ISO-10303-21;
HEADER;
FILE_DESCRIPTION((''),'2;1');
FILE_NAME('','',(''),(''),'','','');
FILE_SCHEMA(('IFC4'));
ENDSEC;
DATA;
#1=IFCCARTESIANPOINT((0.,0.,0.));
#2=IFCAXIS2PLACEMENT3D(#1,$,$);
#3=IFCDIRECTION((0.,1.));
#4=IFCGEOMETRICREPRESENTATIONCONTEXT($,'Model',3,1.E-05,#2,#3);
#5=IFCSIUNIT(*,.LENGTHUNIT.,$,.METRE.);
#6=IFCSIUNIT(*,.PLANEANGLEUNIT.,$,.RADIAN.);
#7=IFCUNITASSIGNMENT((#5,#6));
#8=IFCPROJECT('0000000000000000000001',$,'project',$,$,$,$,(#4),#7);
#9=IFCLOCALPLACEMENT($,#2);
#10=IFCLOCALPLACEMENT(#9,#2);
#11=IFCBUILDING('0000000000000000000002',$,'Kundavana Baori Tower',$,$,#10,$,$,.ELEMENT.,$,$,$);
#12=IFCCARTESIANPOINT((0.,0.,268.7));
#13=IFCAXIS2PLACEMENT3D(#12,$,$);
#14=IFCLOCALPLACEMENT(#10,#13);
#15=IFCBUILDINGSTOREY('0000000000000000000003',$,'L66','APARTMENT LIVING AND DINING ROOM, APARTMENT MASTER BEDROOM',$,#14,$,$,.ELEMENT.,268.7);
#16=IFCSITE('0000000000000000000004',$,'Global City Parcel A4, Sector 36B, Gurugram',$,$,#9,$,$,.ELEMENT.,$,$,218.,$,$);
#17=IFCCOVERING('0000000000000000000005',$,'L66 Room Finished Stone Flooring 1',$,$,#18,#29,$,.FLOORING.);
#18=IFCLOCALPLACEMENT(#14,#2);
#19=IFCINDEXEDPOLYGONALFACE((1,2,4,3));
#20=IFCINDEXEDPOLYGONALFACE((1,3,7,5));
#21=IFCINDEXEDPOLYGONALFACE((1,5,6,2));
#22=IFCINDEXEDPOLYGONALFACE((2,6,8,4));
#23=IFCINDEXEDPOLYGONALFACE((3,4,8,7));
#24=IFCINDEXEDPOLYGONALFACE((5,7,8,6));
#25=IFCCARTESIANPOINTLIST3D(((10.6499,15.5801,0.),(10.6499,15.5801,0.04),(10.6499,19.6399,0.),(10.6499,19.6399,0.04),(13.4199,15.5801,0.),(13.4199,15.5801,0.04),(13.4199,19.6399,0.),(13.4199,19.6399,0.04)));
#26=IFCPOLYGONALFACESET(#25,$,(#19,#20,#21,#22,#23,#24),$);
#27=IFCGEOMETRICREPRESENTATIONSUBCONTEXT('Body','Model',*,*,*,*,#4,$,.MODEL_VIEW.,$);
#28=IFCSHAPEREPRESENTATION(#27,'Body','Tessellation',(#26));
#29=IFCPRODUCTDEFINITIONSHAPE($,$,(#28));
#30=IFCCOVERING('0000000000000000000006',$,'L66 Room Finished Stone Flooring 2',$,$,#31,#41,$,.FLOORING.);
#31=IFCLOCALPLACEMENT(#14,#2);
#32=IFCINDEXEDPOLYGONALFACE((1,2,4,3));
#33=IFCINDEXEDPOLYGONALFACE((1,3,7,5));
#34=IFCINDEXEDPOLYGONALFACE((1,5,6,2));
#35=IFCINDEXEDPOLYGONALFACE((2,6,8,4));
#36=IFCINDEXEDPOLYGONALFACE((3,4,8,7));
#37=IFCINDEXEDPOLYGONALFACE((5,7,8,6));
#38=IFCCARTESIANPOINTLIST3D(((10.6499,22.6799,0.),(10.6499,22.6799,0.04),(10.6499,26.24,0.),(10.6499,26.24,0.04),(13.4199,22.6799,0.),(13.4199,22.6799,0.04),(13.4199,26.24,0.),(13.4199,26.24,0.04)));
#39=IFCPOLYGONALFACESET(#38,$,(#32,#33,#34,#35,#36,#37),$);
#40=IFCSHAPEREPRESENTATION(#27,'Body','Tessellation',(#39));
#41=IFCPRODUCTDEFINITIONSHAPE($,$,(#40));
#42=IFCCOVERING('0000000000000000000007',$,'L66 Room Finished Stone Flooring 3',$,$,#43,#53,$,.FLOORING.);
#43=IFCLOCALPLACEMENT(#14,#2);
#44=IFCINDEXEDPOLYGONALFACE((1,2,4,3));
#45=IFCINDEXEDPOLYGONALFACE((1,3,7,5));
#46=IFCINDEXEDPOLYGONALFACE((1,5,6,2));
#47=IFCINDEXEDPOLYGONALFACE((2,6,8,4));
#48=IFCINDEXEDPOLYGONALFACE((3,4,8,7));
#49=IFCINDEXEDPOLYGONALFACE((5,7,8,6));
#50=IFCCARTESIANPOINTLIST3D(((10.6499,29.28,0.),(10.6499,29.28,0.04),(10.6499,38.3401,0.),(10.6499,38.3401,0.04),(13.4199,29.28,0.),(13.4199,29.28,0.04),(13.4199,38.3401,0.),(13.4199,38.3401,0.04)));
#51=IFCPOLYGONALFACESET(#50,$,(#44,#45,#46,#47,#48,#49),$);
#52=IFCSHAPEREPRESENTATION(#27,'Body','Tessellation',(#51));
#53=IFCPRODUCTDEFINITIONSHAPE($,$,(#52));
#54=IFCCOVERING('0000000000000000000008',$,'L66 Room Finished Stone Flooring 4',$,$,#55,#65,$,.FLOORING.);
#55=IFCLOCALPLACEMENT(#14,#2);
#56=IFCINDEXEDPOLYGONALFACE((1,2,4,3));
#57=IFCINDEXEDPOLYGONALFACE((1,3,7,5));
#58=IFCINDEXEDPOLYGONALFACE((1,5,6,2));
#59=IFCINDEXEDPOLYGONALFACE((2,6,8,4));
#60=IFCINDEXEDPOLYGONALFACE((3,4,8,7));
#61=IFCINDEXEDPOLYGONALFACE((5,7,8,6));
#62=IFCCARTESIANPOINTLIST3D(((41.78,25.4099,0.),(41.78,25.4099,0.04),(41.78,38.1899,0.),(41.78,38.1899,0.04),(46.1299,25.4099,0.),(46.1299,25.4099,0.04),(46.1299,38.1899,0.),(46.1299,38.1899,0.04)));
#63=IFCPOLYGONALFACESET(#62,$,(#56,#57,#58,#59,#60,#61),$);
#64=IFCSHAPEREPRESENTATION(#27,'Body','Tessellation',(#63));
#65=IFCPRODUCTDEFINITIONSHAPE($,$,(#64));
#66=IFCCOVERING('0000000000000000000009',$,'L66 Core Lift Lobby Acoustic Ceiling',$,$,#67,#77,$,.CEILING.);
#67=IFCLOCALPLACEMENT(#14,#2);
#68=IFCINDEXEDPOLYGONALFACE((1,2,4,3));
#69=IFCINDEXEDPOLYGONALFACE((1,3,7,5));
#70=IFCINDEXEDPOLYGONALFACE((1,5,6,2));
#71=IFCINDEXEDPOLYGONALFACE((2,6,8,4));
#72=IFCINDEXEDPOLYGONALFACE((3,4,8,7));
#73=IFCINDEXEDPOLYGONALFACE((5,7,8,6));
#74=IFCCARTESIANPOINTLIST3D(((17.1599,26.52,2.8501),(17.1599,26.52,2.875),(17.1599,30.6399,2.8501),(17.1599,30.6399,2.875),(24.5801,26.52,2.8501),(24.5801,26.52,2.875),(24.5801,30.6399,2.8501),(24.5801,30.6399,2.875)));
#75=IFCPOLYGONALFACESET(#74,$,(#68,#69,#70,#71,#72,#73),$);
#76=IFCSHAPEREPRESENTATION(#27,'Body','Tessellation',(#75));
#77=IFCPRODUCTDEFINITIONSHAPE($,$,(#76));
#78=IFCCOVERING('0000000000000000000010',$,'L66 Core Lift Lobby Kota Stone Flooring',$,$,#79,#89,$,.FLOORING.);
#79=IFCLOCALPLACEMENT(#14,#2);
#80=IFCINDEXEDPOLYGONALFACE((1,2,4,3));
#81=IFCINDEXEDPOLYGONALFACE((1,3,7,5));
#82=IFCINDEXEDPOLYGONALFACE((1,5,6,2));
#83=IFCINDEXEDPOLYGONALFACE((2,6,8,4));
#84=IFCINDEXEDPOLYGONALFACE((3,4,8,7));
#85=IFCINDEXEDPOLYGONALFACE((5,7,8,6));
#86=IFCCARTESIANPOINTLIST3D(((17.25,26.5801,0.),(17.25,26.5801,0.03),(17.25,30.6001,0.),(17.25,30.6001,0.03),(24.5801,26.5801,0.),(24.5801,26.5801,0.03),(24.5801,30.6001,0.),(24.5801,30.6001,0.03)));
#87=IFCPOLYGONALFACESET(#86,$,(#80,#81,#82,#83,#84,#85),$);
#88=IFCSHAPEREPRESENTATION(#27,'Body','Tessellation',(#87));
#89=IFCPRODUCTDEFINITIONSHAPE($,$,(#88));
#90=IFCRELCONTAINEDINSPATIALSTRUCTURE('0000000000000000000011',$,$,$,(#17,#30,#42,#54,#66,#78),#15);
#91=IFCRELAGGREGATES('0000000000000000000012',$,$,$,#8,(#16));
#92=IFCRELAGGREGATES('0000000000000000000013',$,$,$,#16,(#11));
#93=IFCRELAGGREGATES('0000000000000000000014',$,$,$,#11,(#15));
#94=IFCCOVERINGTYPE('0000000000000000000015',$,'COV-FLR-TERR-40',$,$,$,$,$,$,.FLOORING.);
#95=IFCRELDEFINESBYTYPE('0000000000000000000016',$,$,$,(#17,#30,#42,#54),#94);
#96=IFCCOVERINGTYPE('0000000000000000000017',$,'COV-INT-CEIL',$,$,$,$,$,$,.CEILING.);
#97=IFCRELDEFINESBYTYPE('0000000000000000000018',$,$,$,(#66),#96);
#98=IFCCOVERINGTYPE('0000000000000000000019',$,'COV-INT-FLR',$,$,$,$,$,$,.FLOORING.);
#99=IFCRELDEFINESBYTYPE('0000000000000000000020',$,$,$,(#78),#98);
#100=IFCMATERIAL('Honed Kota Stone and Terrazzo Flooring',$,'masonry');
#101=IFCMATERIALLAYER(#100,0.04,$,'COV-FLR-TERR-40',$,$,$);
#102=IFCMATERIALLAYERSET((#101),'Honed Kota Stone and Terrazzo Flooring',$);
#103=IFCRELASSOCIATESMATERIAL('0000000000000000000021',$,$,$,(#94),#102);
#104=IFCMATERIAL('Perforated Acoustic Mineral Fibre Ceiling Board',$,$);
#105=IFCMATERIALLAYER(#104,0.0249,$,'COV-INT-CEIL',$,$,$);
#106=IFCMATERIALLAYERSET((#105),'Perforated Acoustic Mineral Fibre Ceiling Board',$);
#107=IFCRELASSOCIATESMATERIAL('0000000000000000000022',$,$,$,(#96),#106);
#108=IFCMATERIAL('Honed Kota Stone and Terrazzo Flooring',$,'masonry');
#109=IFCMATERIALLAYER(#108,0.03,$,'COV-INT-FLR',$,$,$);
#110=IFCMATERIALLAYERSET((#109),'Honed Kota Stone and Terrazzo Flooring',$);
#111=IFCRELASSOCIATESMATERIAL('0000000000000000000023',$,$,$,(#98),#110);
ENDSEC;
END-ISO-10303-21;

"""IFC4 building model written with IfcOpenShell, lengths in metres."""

from ifc_helpers import new_model, si_unit, direction, frame, origin, place, context, subcontext, project, spatial, polyline, outline, extrude, material, layer, layer_set, type_object, element, save


model = new_model("IFC4")

# Units and contexts
model_context = context("Model", 3, precision=1e-05, world=origin(), true_north=direction((0.0, 1.0)))
body_context = subcontext(model_context, "Body", "Model", "MODEL_VIEW")
ifc_project = project(units=[si_unit("LENGTHUNIT", "METRE"), si_unit("PLANEANGLEUNIT", "RADIAN")], contexts=[model_context])

# Site, building, storey
site_placement = place(None, origin())
site = spatial("IfcSite", under=ifc_project, at=site_placement, Name="Global City Parcel A4, Sector 36B, Gurugram", CompositionType="ELEMENT", RefElevation=218.0)
building_placement = place(site_placement, origin())
building = spatial("IfcBuilding", under=site, at=building_placement, Name="Kundavana Baori Tower", CompositionType="ELEMENT")
storey_placement = place(building_placement, frame((0.0, 0.0, 268.7)))
storey = spatial("IfcBuildingStorey", under=building, at=storey_placement, Name="L66", Description="APARTMENT LIVING AND DINING ROOM, APARTMENT MASTER BEDROOM", CompositionType="ELEMENT", Elevation=268.7)

# Coverings
ifc_material_1 = material(Name="Honed Kota Stone and Terrazzo Flooring", Category="masonry")
ifc_layer_1 = layer(ifc_material_1, 0.04, Name="COV-FLR-TERR-40")
ifc_layer_set_1 = layer_set([ifc_layer_1], Name="Honed Kota Stone and Terrazzo Flooring")
covering_type_1 = type_object("IfcCoveringType", Name="COV-FLR-TERR-40", PredefinedType="FLOORING", material=ifc_layer_set_1)
covering_1_placement = place(storey_placement, origin())
element("IfcCovering", 1, at=covering_1_placement, inside=storey, type_object=covering_type_1, Name="L66 Room Finished Stone Flooring 1", PredefinedType="FLOORING", context=body_context, shape_type="SweptSolid", body=[
    extrude(outline(polyline([(10.6499, 15.5801), (13.4199, 15.5801), (13.4199, 19.6399), (10.6499, 19.6399), (10.6499, 15.5801)])), origin(), (0.0, 0.0, 1.0), 0.04),
])
covering_2_placement = place(storey_placement, origin())
element("IfcCovering", 2, at=covering_2_placement, inside=storey, type_object=covering_type_1, Name="L66 Room Finished Stone Flooring 2", PredefinedType="FLOORING", context=body_context, shape_type="SweptSolid", body=[
    extrude(outline(polyline([(10.6499, 22.6799), (13.4199, 22.6799), (13.4199, 26.24), (10.6499, 26.24), (10.6499, 22.6799)])), origin(), (0.0, 0.0, 1.0), 0.04),
])
covering_3_placement = place(storey_placement, origin())
element("IfcCovering", 3, at=covering_3_placement, inside=storey, type_object=covering_type_1, Name="L66 Room Finished Stone Flooring 3", PredefinedType="FLOORING", context=body_context, shape_type="SweptSolid", body=[
    extrude(outline(polyline([(10.6499, 29.28), (13.4199, 29.28), (13.4199, 38.3401), (10.6499, 38.3401), (10.6499, 29.28)])), origin(), (0.0, 0.0, 1.0), 0.04),
])
covering_4_placement = place(storey_placement, origin())
element("IfcCovering", 4, at=covering_4_placement, inside=storey, type_object=covering_type_1, Name="L66 Room Finished Stone Flooring 4", PredefinedType="FLOORING", context=body_context, shape_type="SweptSolid", body=[
    extrude(outline(polyline([(41.78, 25.4099), (46.1299, 25.4099), (46.1299, 38.1899), (41.78, 38.1899), (41.78, 25.4099)])), origin(), (0.0, 0.0, 1.0), 0.04),
])
ifc_material_2 = material(Name="Perforated Acoustic Mineral Fibre Ceiling Board")
ifc_layer_2 = layer(ifc_material_2, 0.0249, Name="COV-INT-CEIL")
ifc_layer_set_2 = layer_set([ifc_layer_2], Name="Perforated Acoustic Mineral Fibre Ceiling Board")
covering_type_2 = type_object("IfcCoveringType", Name="COV-INT-CEIL", PredefinedType="CEILING", material=ifc_layer_set_2)
covering_5_placement = place(storey_placement, frame((0.0, 0.0, 2.8501)))
element("IfcCovering", 5, at=covering_5_placement, inside=storey, type_object=covering_type_2, Name="L66 Core Lift Lobby Acoustic Ceiling", PredefinedType="CEILING", context=body_context, shape_type="SweptSolid", body=[
    extrude(outline(polyline([(17.1599, 26.52), (24.5801, 26.52), (24.5801, 30.6399), (17.1599, 30.6399), (17.1599, 26.52)])), origin(), (0.0, 0.0, 1.0), 0.0249),
])
ifc_material_3 = material(Name="Honed Kota Stone and Terrazzo Flooring", Category="masonry")
ifc_layer_3 = layer(ifc_material_3, 0.03, Name="COV-INT-FLR")
ifc_layer_set_3 = layer_set([ifc_layer_3], Name="Honed Kota Stone and Terrazzo Flooring")
covering_type_3 = type_object("IfcCoveringType", Name="COV-INT-FLR", PredefinedType="FLOORING", material=ifc_layer_set_3)
covering_6_placement = place(storey_placement, origin())
element("IfcCovering", 6, at=covering_6_placement, inside=storey, type_object=covering_type_3, Name="L66 Core Lift Lobby Kota Stone Flooring", PredefinedType="FLOORING", context=body_context, shape_type="SweptSolid", body=[
    extrude(outline(polyline([(17.25, 26.5801), (24.5801, 26.5801), (24.5801, 30.6001), (17.25, 30.6001), (17.25, 26.5801)])), origin(), (0.0, 0.0, 1.0), 0.03),
])

save(model, "model.ifc")
